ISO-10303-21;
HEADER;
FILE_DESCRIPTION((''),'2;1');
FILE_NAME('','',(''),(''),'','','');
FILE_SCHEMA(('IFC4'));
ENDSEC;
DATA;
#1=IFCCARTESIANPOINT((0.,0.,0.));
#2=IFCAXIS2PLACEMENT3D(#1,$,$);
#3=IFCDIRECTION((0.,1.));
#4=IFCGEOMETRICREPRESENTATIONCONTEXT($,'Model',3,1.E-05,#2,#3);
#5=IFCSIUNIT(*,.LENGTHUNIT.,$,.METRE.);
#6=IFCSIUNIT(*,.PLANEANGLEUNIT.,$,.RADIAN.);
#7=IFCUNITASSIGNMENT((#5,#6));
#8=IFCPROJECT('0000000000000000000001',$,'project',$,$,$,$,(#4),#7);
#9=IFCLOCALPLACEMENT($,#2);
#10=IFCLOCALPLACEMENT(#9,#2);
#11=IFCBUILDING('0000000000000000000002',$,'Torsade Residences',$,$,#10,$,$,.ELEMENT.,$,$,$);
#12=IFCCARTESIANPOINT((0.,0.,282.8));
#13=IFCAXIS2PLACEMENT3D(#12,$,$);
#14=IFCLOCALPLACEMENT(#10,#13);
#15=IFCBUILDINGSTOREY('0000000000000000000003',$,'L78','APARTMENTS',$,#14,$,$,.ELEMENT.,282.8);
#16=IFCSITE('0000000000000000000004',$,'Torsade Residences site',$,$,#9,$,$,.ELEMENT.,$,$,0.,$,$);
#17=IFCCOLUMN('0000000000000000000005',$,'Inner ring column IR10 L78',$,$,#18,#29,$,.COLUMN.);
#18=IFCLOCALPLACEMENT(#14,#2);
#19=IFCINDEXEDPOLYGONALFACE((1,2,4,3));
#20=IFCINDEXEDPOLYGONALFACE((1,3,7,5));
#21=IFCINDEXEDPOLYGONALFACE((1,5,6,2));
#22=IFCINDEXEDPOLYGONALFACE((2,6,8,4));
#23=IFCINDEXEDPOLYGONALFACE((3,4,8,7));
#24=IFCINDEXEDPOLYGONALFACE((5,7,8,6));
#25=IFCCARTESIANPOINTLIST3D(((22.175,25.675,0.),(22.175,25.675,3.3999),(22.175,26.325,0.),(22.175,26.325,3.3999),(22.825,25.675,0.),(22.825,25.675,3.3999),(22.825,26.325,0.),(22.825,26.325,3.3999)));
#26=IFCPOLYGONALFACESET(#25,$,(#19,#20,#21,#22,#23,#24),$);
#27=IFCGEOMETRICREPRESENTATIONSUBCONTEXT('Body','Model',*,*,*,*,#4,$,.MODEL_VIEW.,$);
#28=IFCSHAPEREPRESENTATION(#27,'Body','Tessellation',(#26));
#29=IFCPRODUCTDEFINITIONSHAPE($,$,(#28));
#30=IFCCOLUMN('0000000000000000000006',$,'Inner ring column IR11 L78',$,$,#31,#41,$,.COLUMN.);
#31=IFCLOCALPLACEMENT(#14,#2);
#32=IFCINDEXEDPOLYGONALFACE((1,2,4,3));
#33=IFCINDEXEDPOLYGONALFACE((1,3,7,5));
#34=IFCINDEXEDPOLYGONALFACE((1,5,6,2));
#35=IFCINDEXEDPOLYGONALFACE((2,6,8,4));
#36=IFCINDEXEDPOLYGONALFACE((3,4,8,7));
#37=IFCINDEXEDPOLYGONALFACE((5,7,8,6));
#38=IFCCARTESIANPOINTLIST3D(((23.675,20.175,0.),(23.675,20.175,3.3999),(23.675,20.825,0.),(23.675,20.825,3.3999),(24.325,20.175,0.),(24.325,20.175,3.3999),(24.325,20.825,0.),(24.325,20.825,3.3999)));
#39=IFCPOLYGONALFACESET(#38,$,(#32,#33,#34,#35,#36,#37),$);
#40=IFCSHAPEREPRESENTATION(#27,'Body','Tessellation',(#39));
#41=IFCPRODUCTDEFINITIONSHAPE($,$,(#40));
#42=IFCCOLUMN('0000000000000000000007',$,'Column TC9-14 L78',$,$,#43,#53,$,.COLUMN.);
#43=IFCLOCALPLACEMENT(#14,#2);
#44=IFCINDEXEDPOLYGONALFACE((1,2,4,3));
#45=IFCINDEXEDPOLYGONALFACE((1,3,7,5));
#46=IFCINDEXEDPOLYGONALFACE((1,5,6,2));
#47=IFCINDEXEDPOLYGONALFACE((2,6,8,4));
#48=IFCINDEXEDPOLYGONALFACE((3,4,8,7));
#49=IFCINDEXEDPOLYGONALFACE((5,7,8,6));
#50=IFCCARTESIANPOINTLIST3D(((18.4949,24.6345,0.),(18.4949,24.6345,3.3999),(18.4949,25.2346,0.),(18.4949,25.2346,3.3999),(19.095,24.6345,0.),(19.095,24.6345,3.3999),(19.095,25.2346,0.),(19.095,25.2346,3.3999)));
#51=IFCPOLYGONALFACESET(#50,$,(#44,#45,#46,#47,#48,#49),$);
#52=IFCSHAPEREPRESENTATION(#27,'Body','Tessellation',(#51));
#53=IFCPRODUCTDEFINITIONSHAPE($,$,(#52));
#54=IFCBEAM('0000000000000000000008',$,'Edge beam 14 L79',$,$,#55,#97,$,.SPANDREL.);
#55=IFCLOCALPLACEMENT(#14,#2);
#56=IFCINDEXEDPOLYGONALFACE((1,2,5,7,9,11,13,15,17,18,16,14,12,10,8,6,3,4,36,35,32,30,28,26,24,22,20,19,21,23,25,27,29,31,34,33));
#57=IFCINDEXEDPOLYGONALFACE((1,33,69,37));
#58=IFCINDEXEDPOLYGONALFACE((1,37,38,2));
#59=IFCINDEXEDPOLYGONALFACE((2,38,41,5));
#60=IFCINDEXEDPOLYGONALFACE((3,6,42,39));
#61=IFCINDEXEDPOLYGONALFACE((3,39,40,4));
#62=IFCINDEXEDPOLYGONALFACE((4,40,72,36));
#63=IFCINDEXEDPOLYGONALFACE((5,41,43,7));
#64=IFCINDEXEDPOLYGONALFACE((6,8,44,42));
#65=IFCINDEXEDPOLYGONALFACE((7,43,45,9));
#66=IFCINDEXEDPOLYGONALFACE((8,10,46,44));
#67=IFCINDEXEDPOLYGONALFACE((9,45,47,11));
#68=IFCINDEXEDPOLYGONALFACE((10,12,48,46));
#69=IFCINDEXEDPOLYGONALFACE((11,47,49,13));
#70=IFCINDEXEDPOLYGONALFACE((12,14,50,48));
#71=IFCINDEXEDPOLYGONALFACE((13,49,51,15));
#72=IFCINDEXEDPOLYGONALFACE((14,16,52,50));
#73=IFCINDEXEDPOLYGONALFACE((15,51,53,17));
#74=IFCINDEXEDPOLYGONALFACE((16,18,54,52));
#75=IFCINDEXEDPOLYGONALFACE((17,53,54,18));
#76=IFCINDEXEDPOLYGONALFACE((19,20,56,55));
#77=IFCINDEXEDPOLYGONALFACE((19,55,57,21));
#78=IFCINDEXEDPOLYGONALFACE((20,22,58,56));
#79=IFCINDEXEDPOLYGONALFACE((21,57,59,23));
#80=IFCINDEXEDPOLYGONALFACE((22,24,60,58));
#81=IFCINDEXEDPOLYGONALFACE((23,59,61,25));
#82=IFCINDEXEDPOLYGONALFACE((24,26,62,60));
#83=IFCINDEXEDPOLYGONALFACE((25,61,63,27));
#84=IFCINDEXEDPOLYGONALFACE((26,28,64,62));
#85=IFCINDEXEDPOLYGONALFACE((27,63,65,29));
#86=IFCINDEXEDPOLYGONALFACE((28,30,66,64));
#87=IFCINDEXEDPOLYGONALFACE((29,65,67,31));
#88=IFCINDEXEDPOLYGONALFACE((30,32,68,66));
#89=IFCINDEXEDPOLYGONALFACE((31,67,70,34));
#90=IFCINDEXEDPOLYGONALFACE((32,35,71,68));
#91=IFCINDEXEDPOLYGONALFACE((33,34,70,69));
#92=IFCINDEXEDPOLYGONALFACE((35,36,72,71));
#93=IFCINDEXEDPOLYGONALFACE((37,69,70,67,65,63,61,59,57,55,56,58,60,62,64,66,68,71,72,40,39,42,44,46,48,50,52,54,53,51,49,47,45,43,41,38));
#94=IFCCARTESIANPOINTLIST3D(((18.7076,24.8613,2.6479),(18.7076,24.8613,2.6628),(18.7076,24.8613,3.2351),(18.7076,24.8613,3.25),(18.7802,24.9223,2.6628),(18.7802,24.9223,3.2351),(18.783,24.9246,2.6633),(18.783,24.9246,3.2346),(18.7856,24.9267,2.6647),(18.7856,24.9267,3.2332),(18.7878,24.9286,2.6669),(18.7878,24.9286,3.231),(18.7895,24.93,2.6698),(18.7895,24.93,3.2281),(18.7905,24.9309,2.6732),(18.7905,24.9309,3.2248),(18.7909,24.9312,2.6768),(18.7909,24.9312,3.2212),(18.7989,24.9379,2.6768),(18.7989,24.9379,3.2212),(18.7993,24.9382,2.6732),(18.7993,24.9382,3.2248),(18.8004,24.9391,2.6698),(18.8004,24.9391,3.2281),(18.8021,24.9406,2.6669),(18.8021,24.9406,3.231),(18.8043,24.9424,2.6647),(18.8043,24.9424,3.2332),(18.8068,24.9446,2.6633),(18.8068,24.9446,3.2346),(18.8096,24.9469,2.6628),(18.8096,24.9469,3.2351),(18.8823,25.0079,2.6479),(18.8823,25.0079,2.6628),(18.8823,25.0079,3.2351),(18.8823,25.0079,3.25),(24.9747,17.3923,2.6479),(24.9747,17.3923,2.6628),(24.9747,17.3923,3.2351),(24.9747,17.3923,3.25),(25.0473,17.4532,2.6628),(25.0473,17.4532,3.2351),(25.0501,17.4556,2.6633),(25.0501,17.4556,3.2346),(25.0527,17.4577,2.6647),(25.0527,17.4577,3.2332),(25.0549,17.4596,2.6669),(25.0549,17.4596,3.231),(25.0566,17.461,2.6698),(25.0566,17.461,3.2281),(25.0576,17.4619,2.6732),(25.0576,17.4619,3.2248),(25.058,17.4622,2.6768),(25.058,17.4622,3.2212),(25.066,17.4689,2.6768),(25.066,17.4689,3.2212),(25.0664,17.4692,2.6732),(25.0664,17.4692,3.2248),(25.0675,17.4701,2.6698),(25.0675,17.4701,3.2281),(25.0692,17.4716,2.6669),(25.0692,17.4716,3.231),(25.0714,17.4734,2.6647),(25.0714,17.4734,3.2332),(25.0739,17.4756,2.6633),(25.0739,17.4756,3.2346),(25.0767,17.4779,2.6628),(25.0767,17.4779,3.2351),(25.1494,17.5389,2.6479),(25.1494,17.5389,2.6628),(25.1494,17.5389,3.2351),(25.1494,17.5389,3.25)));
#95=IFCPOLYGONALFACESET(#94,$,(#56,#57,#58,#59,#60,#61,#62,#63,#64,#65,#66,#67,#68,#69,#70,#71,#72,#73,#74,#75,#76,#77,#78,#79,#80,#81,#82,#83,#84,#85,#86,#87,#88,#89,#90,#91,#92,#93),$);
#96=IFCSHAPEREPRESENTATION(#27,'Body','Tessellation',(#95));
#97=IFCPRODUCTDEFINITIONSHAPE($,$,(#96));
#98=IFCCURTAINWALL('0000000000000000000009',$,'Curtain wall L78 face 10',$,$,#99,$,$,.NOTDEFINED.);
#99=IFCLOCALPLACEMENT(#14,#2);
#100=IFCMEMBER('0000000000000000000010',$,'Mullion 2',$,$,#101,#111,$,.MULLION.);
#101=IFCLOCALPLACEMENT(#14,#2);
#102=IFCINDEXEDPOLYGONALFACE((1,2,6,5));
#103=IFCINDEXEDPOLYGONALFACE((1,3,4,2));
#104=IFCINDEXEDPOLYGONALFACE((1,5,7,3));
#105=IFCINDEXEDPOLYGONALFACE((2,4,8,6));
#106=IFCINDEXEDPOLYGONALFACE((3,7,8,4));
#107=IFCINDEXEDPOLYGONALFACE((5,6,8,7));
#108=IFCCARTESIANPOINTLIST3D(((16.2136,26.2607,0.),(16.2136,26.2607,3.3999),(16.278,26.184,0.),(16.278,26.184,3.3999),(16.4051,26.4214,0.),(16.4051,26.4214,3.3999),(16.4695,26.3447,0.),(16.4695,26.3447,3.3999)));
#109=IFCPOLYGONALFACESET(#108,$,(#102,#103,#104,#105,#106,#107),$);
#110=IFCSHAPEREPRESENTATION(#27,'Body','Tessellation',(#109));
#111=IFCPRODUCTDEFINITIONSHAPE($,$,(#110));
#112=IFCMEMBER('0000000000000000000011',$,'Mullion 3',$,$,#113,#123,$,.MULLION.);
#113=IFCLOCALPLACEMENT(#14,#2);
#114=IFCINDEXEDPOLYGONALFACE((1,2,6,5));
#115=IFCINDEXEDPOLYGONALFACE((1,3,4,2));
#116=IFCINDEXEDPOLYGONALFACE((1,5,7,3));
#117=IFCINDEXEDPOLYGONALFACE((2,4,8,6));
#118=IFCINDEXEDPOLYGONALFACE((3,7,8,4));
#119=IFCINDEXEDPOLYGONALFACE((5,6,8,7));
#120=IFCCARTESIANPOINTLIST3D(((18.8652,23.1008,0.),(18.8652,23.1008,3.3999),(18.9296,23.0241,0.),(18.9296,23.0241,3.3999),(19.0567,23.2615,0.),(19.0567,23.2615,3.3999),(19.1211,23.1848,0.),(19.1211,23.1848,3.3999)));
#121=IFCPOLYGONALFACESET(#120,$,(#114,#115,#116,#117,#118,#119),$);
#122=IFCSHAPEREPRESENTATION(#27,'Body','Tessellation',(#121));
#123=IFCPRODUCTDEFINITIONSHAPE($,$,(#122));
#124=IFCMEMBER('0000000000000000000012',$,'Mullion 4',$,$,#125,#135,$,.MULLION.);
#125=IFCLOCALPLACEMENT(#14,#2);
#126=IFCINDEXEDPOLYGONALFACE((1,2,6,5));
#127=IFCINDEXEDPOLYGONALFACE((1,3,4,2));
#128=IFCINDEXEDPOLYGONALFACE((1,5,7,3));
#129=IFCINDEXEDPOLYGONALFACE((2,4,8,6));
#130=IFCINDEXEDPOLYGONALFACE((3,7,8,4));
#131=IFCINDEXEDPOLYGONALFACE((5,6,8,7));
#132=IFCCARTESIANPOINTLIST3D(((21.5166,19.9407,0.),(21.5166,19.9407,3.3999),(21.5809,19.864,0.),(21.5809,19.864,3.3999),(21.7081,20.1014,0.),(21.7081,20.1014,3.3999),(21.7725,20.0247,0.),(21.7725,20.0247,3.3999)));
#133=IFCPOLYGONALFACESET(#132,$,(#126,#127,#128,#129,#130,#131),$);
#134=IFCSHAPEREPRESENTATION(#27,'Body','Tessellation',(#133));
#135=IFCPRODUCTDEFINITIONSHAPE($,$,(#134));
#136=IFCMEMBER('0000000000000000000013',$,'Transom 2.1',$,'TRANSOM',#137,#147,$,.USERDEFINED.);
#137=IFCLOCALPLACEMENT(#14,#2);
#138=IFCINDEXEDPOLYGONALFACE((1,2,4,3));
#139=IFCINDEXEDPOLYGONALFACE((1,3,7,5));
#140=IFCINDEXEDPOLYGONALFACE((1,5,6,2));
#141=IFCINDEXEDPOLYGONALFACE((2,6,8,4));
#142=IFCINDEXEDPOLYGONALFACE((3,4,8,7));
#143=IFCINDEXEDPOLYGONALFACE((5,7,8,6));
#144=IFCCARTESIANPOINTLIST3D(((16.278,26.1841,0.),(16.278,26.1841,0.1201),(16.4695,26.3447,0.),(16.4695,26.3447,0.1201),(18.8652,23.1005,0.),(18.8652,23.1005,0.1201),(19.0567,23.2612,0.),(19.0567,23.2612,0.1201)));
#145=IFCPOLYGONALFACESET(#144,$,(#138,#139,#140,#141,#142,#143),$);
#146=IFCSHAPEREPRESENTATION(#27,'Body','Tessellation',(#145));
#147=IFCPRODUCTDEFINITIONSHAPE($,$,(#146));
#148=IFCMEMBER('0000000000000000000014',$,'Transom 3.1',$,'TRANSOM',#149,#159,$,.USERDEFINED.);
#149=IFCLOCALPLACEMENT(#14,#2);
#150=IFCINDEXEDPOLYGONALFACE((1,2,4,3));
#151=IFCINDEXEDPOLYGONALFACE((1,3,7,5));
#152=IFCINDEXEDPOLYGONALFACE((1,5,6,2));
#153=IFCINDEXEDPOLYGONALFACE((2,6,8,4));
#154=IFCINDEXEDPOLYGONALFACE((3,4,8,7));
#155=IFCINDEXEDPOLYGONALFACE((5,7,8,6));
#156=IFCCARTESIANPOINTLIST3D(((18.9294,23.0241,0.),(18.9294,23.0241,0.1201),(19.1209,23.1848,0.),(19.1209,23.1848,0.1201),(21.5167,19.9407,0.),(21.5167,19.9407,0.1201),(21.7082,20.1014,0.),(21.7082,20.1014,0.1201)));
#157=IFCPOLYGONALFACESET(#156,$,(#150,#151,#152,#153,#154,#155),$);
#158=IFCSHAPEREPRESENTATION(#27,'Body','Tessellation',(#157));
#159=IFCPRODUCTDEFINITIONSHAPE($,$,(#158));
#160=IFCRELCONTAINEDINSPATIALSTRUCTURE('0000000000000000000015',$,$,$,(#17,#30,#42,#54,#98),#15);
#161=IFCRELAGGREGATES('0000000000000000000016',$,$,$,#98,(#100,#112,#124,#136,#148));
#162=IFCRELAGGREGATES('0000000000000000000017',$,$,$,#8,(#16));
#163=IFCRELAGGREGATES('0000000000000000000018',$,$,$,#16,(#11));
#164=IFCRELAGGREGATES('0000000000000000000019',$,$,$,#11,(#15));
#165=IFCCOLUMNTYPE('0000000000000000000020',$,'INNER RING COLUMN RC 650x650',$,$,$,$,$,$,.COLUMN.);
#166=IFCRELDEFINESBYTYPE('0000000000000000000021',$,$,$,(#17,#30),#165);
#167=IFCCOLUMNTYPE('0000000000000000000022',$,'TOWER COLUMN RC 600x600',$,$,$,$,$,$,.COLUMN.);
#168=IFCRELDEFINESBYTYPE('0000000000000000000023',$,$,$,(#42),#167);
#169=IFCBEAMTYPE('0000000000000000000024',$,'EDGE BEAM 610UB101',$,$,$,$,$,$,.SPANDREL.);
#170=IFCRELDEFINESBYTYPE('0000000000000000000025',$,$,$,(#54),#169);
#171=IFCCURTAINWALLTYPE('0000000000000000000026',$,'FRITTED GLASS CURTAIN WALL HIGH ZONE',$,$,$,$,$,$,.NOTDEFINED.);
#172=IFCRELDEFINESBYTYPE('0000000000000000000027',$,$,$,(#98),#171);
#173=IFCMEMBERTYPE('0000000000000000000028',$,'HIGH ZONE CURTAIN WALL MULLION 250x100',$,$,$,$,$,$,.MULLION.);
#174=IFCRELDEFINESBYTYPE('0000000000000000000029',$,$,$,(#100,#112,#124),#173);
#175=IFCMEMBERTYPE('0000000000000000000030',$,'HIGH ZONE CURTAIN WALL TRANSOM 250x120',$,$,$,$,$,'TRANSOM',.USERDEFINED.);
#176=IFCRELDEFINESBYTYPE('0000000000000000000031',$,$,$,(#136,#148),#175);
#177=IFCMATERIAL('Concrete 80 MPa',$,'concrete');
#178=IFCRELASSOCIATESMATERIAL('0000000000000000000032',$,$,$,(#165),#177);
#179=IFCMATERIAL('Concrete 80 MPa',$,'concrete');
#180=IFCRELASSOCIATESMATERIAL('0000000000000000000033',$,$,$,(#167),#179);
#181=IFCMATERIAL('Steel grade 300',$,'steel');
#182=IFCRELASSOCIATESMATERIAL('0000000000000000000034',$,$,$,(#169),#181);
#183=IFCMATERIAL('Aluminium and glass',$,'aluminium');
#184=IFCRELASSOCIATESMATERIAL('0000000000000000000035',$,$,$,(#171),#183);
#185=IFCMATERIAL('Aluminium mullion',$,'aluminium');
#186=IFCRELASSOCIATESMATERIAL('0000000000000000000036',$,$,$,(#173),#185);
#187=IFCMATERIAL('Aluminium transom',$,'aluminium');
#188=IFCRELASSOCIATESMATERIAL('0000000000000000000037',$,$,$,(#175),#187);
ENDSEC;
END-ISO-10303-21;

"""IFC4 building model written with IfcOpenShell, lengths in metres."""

from ifc_helpers import new_model, si_unit, direction, frame, origin, origin_2d, place, context, subcontext, project, spatial, rectangle, i_section, extrude, material, material_profile, profile_set, type_object, element, aggregate, save


model = new_model("IFC4")

# Units and contexts
model_context = context("Model", 3, precision=1e-05, world=origin(), true_north=direction((0.0, 1.0)))
body_context = subcontext(model_context, "Body", "Model", "MODEL_VIEW")
ifc_project = project(units=[si_unit("LENGTHUNIT", "METRE"), si_unit("PLANEANGLEUNIT", "RADIAN")], contexts=[model_context])

# Site, building, storey
site_placement = place(None, origin())
site = spatial("IfcSite", under=ifc_project, at=site_placement, Name="Torsade Residences site", CompositionType="ELEMENT", RefElevation=0.0)
building_placement = place(site_placement, origin())
building = spatial("IfcBuilding", under=site, at=building_placement, Name="Torsade Residences", CompositionType="ELEMENT")
storey_placement = place(building_placement, frame((0.0, 0.0, 282.8)))
storey = spatial("IfcBuildingStorey", under=building, at=storey_placement, Name="L78", Description="APARTMENTS", CompositionType="ELEMENT", Elevation=282.8)

# Columns
ifc_material_1 = material(Name="Concrete 80 MPa", Category="concrete")
ifc_material_profile_1 = material_profile(ifc_material_1, rectangle(XDim=0.6499, YDim=0.6499, at=origin_2d()), Name="RC 650x650")
ifc_profile_set_1 = profile_set([ifc_material_profile_1], Name="Concrete 80 MPa")
column_type_1 = type_object("IfcColumnType", Name="INNER RING COLUMN RC 650x650", PredefinedType="COLUMN", material=ifc_profile_set_1)
for number, where, z_axis, x_axis, name in (
    (1, (22.5, 26.0, 0.0), (0.0, 0.0, 1.0), (1.0, 0.0, 0.0), "Inner ring column IR10 L78"),
    (2, (24.0, 20.5, 0.0), (0.0, 0.0, 1.0), (1.0, 0.0, 0.0), "Inner ring column IR11 L78"),
):
    element("IfcColumn", number, at=place(storey_placement, frame(where, z_axis=z_axis, x_axis=x_axis)), inside=storey, type_object=column_type_1, Name=name, PredefinedType="COLUMN", context=body_context, shape_type="SweptSolid", body=[
        extrude(rectangle(XDim=0.6499, YDim=0.6499, at=origin_2d()), origin(), (0.0, 0.0, 1.0), 3.3999),
    ])
ifc_material_2 = material(Name="Concrete 80 MPa", Category="concrete")
ifc_material_profile_2 = material_profile(ifc_material_2, rectangle(XDim=0.6001, YDim=0.6001, at=origin_2d()), Name="RC 600x600")
ifc_profile_set_2 = profile_set([ifc_material_profile_2], Name="Concrete 80 MPa")
column_type_2 = type_object("IfcColumnType", Name="TOWER COLUMN RC 600x600", PredefinedType="COLUMN", material=ifc_profile_set_2)
column_placement = place(storey_placement, frame((18.7949, 24.9346, 0.0), z_axis=(0.0, 0.0, 1.0), x_axis=(1.0, 0.0, 0.0)))
element("IfcColumn", 3, at=column_placement, inside=storey, type_object=column_type_2, Name="Column TC9-14 L78", PredefinedType="COLUMN", context=body_context, shape_type="SweptSolid", body=[
    extrude(rectangle(XDim=0.6001, YDim=0.6001, at=origin_2d()), origin(), (0.0, 0.0, 1.0), 3.3999),
])

# Beam
ifc_material_3 = material(Name="Steel grade 300", Category="steel")
ifc_material_profile_3 = material_profile(ifc_material_3, i_section(OverallWidth=0.228, OverallDepth=0.6021, WebThickness=0.0105, FlangeThickness=0.0149, FilletRadius=0.0139, at=origin_2d()), Name="610UB101")
ifc_profile_set_3 = profile_set([ifc_material_profile_3], Name="Steel grade 300")
beam_type_1 = type_object("IfcBeamType", Name="EDGE BEAM 610UB101", PredefinedType="SPANDREL", material=ifc_profile_set_3)
beam_1_placement = place(storey_placement, frame((18.7949, 24.9346, 2.949), z_axis=(0.642779, -0.766052, 0.0), x_axis=(0.766052, 0.642779, 0.0)))
element("IfcBeam", 4, at=beam_1_placement, inside=storey, type_object=beam_type_1, Name="Edge beam 14 L79", PredefinedType="SPANDREL", context=body_context, shape_type="SweptSolid", body=[
    extrude(i_section(OverallWidth=0.228, OverallDepth=0.6021, WebThickness=0.0105, FlangeThickness=0.0149, FilletRadius=0.0139, at=origin_2d()), origin(), (0.0, 0.0, 1.0), 9.75),
])

# Curtain wall, members
ifc_material_4 = material(Name="Aluminium and glass", Category="aluminium")
curtain_wall_type = type_object("IfcCurtainWallType", Name="FRITTED GLASS CURTAIN WALL HIGH ZONE", PredefinedType="NOTDEFINED", material=ifc_material_4)
curtain_wall_placement = place(storey_placement, origin())
curtain_wall = element("IfcCurtainWall", 5, at=curtain_wall_placement, inside=storey, type_object=curtain_wall_type, Name="Curtain wall L78 face 10", PredefinedType="NOTDEFINED")
ifc_material_5 = material(Name="Aluminium mullion", Category="aluminium")
ifc_material_profile_4 = material_profile(ifc_material_5, rectangle(XDim=0.25, YDim=0.1001, at=origin_2d()), Name="HIGH ZONE CURTAIN WALL MULLION 250x100")
ifc_profile_set_4 = profile_set([ifc_material_profile_4], Name="Aluminium mullion")
member_type_1 = type_object("IfcMemberType", Name="HIGH ZONE CURTAIN WALL MULLION 250x100", PredefinedType="MULLION", material=ifc_profile_set_4)
member_1_placement = place(storey_placement, frame((16.3416, 26.3027, 0.0), z_axis=(0.0, 0.0, 1.0), x_axis=(0.766044, 0.642788, 0.0)))
member_1 = element("IfcMember", 6, at=member_1_placement, type_object=member_type_1, Name="Mullion 2", PredefinedType="MULLION", context=body_context, shape_type="SweptSolid", body=[
    extrude(rectangle(XDim=0.25, YDim=0.1001, at=origin_2d()), origin(), (0.0, 0.0, 1.0), 3.3999),
])
member_2_placement = place(storey_placement, frame((18.9932, 23.1428, 0.0), z_axis=(0.0, 0.0, 1.0), x_axis=(0.766044, 0.642788, 0.0)))
member_2 = element("IfcMember", 7, at=member_2_placement, type_object=member_type_1, Name="Mullion 3", PredefinedType="MULLION", context=body_context, shape_type="SweptSolid", body=[
    extrude(rectangle(XDim=0.25, YDim=0.1001, at=origin_2d()), origin(), (0.0, 0.0, 1.0), 3.3999),
])
member_3_placement = place(storey_placement, frame((21.6445, 19.9827, 0.0), z_axis=(0.0, 0.0, 1.0), x_axis=(0.766044, 0.642788, 0.0)))
member_3 = element("IfcMember", 8, at=member_3_placement, type_object=member_type_1, Name="Mullion 4", PredefinedType="MULLION", context=body_context, shape_type="SweptSolid", body=[
    extrude(rectangle(XDim=0.25, YDim=0.1001, at=origin_2d()), origin(), (0.0, 0.0, 1.0), 3.3999),
])
ifc_material_6 = material(Name="Aluminium transom", Category="aluminium")
ifc_material_profile_5 = material_profile(ifc_material_6, rectangle(XDim=0.25, YDim=0.1201, at=origin_2d()), Name="HIGH ZONE CURTAIN WALL TRANSOM 250x120")
ifc_profile_set_5 = profile_set([ifc_material_profile_5], Name="Aluminium transom")
member_type_2 = type_object("IfcMemberType", Name="HIGH ZONE CURTAIN WALL TRANSOM 250x120", ElementType="TRANSOM", PredefinedType="USERDEFINED", material=ifc_profile_set_5)
member_4_placement = place(storey_placement, frame((16.3738, 26.2644, 0.0601), z_axis=(0.642758, -0.766069, 0.0), x_axis=(0.766069, 0.642758, 0.0)))
member_4 = element("IfcMember", 9, at=member_4_placement, type_object=member_type_2, Name="Transom 2.1", ObjectType="TRANSOM", PredefinedType="USERDEFINED", context=body_context, shape_type="SweptSolid", body=[
    extrude(rectangle(XDim=0.25, YDim=0.1201, at=origin_2d()), origin(), (0.0, 0.0, 1.0), 4.0251),
])
member_5_placement = place(storey_placement, frame((19.0251, 23.1045, 0.0601), z_axis=(0.642794, -0.766039, 0.0), x_axis=(0.766039, 0.642794, 0.0)))
member_5 = element("IfcMember", 10, at=member_5_placement, type_object=member_type_2, Name="Transom 3.1", ObjectType="TRANSOM", PredefinedType="USERDEFINED", context=body_context, shape_type="SweptSolid", body=[
    extrude(rectangle(XDim=0.25, YDim=0.1201, at=origin_2d()), origin(), (0.0, 0.0, 1.0), 4.0251),
])

aggregate(curtain_wall, [member_1, member_2, member_3, member_4, member_5])

save(model, "model.ifc")
